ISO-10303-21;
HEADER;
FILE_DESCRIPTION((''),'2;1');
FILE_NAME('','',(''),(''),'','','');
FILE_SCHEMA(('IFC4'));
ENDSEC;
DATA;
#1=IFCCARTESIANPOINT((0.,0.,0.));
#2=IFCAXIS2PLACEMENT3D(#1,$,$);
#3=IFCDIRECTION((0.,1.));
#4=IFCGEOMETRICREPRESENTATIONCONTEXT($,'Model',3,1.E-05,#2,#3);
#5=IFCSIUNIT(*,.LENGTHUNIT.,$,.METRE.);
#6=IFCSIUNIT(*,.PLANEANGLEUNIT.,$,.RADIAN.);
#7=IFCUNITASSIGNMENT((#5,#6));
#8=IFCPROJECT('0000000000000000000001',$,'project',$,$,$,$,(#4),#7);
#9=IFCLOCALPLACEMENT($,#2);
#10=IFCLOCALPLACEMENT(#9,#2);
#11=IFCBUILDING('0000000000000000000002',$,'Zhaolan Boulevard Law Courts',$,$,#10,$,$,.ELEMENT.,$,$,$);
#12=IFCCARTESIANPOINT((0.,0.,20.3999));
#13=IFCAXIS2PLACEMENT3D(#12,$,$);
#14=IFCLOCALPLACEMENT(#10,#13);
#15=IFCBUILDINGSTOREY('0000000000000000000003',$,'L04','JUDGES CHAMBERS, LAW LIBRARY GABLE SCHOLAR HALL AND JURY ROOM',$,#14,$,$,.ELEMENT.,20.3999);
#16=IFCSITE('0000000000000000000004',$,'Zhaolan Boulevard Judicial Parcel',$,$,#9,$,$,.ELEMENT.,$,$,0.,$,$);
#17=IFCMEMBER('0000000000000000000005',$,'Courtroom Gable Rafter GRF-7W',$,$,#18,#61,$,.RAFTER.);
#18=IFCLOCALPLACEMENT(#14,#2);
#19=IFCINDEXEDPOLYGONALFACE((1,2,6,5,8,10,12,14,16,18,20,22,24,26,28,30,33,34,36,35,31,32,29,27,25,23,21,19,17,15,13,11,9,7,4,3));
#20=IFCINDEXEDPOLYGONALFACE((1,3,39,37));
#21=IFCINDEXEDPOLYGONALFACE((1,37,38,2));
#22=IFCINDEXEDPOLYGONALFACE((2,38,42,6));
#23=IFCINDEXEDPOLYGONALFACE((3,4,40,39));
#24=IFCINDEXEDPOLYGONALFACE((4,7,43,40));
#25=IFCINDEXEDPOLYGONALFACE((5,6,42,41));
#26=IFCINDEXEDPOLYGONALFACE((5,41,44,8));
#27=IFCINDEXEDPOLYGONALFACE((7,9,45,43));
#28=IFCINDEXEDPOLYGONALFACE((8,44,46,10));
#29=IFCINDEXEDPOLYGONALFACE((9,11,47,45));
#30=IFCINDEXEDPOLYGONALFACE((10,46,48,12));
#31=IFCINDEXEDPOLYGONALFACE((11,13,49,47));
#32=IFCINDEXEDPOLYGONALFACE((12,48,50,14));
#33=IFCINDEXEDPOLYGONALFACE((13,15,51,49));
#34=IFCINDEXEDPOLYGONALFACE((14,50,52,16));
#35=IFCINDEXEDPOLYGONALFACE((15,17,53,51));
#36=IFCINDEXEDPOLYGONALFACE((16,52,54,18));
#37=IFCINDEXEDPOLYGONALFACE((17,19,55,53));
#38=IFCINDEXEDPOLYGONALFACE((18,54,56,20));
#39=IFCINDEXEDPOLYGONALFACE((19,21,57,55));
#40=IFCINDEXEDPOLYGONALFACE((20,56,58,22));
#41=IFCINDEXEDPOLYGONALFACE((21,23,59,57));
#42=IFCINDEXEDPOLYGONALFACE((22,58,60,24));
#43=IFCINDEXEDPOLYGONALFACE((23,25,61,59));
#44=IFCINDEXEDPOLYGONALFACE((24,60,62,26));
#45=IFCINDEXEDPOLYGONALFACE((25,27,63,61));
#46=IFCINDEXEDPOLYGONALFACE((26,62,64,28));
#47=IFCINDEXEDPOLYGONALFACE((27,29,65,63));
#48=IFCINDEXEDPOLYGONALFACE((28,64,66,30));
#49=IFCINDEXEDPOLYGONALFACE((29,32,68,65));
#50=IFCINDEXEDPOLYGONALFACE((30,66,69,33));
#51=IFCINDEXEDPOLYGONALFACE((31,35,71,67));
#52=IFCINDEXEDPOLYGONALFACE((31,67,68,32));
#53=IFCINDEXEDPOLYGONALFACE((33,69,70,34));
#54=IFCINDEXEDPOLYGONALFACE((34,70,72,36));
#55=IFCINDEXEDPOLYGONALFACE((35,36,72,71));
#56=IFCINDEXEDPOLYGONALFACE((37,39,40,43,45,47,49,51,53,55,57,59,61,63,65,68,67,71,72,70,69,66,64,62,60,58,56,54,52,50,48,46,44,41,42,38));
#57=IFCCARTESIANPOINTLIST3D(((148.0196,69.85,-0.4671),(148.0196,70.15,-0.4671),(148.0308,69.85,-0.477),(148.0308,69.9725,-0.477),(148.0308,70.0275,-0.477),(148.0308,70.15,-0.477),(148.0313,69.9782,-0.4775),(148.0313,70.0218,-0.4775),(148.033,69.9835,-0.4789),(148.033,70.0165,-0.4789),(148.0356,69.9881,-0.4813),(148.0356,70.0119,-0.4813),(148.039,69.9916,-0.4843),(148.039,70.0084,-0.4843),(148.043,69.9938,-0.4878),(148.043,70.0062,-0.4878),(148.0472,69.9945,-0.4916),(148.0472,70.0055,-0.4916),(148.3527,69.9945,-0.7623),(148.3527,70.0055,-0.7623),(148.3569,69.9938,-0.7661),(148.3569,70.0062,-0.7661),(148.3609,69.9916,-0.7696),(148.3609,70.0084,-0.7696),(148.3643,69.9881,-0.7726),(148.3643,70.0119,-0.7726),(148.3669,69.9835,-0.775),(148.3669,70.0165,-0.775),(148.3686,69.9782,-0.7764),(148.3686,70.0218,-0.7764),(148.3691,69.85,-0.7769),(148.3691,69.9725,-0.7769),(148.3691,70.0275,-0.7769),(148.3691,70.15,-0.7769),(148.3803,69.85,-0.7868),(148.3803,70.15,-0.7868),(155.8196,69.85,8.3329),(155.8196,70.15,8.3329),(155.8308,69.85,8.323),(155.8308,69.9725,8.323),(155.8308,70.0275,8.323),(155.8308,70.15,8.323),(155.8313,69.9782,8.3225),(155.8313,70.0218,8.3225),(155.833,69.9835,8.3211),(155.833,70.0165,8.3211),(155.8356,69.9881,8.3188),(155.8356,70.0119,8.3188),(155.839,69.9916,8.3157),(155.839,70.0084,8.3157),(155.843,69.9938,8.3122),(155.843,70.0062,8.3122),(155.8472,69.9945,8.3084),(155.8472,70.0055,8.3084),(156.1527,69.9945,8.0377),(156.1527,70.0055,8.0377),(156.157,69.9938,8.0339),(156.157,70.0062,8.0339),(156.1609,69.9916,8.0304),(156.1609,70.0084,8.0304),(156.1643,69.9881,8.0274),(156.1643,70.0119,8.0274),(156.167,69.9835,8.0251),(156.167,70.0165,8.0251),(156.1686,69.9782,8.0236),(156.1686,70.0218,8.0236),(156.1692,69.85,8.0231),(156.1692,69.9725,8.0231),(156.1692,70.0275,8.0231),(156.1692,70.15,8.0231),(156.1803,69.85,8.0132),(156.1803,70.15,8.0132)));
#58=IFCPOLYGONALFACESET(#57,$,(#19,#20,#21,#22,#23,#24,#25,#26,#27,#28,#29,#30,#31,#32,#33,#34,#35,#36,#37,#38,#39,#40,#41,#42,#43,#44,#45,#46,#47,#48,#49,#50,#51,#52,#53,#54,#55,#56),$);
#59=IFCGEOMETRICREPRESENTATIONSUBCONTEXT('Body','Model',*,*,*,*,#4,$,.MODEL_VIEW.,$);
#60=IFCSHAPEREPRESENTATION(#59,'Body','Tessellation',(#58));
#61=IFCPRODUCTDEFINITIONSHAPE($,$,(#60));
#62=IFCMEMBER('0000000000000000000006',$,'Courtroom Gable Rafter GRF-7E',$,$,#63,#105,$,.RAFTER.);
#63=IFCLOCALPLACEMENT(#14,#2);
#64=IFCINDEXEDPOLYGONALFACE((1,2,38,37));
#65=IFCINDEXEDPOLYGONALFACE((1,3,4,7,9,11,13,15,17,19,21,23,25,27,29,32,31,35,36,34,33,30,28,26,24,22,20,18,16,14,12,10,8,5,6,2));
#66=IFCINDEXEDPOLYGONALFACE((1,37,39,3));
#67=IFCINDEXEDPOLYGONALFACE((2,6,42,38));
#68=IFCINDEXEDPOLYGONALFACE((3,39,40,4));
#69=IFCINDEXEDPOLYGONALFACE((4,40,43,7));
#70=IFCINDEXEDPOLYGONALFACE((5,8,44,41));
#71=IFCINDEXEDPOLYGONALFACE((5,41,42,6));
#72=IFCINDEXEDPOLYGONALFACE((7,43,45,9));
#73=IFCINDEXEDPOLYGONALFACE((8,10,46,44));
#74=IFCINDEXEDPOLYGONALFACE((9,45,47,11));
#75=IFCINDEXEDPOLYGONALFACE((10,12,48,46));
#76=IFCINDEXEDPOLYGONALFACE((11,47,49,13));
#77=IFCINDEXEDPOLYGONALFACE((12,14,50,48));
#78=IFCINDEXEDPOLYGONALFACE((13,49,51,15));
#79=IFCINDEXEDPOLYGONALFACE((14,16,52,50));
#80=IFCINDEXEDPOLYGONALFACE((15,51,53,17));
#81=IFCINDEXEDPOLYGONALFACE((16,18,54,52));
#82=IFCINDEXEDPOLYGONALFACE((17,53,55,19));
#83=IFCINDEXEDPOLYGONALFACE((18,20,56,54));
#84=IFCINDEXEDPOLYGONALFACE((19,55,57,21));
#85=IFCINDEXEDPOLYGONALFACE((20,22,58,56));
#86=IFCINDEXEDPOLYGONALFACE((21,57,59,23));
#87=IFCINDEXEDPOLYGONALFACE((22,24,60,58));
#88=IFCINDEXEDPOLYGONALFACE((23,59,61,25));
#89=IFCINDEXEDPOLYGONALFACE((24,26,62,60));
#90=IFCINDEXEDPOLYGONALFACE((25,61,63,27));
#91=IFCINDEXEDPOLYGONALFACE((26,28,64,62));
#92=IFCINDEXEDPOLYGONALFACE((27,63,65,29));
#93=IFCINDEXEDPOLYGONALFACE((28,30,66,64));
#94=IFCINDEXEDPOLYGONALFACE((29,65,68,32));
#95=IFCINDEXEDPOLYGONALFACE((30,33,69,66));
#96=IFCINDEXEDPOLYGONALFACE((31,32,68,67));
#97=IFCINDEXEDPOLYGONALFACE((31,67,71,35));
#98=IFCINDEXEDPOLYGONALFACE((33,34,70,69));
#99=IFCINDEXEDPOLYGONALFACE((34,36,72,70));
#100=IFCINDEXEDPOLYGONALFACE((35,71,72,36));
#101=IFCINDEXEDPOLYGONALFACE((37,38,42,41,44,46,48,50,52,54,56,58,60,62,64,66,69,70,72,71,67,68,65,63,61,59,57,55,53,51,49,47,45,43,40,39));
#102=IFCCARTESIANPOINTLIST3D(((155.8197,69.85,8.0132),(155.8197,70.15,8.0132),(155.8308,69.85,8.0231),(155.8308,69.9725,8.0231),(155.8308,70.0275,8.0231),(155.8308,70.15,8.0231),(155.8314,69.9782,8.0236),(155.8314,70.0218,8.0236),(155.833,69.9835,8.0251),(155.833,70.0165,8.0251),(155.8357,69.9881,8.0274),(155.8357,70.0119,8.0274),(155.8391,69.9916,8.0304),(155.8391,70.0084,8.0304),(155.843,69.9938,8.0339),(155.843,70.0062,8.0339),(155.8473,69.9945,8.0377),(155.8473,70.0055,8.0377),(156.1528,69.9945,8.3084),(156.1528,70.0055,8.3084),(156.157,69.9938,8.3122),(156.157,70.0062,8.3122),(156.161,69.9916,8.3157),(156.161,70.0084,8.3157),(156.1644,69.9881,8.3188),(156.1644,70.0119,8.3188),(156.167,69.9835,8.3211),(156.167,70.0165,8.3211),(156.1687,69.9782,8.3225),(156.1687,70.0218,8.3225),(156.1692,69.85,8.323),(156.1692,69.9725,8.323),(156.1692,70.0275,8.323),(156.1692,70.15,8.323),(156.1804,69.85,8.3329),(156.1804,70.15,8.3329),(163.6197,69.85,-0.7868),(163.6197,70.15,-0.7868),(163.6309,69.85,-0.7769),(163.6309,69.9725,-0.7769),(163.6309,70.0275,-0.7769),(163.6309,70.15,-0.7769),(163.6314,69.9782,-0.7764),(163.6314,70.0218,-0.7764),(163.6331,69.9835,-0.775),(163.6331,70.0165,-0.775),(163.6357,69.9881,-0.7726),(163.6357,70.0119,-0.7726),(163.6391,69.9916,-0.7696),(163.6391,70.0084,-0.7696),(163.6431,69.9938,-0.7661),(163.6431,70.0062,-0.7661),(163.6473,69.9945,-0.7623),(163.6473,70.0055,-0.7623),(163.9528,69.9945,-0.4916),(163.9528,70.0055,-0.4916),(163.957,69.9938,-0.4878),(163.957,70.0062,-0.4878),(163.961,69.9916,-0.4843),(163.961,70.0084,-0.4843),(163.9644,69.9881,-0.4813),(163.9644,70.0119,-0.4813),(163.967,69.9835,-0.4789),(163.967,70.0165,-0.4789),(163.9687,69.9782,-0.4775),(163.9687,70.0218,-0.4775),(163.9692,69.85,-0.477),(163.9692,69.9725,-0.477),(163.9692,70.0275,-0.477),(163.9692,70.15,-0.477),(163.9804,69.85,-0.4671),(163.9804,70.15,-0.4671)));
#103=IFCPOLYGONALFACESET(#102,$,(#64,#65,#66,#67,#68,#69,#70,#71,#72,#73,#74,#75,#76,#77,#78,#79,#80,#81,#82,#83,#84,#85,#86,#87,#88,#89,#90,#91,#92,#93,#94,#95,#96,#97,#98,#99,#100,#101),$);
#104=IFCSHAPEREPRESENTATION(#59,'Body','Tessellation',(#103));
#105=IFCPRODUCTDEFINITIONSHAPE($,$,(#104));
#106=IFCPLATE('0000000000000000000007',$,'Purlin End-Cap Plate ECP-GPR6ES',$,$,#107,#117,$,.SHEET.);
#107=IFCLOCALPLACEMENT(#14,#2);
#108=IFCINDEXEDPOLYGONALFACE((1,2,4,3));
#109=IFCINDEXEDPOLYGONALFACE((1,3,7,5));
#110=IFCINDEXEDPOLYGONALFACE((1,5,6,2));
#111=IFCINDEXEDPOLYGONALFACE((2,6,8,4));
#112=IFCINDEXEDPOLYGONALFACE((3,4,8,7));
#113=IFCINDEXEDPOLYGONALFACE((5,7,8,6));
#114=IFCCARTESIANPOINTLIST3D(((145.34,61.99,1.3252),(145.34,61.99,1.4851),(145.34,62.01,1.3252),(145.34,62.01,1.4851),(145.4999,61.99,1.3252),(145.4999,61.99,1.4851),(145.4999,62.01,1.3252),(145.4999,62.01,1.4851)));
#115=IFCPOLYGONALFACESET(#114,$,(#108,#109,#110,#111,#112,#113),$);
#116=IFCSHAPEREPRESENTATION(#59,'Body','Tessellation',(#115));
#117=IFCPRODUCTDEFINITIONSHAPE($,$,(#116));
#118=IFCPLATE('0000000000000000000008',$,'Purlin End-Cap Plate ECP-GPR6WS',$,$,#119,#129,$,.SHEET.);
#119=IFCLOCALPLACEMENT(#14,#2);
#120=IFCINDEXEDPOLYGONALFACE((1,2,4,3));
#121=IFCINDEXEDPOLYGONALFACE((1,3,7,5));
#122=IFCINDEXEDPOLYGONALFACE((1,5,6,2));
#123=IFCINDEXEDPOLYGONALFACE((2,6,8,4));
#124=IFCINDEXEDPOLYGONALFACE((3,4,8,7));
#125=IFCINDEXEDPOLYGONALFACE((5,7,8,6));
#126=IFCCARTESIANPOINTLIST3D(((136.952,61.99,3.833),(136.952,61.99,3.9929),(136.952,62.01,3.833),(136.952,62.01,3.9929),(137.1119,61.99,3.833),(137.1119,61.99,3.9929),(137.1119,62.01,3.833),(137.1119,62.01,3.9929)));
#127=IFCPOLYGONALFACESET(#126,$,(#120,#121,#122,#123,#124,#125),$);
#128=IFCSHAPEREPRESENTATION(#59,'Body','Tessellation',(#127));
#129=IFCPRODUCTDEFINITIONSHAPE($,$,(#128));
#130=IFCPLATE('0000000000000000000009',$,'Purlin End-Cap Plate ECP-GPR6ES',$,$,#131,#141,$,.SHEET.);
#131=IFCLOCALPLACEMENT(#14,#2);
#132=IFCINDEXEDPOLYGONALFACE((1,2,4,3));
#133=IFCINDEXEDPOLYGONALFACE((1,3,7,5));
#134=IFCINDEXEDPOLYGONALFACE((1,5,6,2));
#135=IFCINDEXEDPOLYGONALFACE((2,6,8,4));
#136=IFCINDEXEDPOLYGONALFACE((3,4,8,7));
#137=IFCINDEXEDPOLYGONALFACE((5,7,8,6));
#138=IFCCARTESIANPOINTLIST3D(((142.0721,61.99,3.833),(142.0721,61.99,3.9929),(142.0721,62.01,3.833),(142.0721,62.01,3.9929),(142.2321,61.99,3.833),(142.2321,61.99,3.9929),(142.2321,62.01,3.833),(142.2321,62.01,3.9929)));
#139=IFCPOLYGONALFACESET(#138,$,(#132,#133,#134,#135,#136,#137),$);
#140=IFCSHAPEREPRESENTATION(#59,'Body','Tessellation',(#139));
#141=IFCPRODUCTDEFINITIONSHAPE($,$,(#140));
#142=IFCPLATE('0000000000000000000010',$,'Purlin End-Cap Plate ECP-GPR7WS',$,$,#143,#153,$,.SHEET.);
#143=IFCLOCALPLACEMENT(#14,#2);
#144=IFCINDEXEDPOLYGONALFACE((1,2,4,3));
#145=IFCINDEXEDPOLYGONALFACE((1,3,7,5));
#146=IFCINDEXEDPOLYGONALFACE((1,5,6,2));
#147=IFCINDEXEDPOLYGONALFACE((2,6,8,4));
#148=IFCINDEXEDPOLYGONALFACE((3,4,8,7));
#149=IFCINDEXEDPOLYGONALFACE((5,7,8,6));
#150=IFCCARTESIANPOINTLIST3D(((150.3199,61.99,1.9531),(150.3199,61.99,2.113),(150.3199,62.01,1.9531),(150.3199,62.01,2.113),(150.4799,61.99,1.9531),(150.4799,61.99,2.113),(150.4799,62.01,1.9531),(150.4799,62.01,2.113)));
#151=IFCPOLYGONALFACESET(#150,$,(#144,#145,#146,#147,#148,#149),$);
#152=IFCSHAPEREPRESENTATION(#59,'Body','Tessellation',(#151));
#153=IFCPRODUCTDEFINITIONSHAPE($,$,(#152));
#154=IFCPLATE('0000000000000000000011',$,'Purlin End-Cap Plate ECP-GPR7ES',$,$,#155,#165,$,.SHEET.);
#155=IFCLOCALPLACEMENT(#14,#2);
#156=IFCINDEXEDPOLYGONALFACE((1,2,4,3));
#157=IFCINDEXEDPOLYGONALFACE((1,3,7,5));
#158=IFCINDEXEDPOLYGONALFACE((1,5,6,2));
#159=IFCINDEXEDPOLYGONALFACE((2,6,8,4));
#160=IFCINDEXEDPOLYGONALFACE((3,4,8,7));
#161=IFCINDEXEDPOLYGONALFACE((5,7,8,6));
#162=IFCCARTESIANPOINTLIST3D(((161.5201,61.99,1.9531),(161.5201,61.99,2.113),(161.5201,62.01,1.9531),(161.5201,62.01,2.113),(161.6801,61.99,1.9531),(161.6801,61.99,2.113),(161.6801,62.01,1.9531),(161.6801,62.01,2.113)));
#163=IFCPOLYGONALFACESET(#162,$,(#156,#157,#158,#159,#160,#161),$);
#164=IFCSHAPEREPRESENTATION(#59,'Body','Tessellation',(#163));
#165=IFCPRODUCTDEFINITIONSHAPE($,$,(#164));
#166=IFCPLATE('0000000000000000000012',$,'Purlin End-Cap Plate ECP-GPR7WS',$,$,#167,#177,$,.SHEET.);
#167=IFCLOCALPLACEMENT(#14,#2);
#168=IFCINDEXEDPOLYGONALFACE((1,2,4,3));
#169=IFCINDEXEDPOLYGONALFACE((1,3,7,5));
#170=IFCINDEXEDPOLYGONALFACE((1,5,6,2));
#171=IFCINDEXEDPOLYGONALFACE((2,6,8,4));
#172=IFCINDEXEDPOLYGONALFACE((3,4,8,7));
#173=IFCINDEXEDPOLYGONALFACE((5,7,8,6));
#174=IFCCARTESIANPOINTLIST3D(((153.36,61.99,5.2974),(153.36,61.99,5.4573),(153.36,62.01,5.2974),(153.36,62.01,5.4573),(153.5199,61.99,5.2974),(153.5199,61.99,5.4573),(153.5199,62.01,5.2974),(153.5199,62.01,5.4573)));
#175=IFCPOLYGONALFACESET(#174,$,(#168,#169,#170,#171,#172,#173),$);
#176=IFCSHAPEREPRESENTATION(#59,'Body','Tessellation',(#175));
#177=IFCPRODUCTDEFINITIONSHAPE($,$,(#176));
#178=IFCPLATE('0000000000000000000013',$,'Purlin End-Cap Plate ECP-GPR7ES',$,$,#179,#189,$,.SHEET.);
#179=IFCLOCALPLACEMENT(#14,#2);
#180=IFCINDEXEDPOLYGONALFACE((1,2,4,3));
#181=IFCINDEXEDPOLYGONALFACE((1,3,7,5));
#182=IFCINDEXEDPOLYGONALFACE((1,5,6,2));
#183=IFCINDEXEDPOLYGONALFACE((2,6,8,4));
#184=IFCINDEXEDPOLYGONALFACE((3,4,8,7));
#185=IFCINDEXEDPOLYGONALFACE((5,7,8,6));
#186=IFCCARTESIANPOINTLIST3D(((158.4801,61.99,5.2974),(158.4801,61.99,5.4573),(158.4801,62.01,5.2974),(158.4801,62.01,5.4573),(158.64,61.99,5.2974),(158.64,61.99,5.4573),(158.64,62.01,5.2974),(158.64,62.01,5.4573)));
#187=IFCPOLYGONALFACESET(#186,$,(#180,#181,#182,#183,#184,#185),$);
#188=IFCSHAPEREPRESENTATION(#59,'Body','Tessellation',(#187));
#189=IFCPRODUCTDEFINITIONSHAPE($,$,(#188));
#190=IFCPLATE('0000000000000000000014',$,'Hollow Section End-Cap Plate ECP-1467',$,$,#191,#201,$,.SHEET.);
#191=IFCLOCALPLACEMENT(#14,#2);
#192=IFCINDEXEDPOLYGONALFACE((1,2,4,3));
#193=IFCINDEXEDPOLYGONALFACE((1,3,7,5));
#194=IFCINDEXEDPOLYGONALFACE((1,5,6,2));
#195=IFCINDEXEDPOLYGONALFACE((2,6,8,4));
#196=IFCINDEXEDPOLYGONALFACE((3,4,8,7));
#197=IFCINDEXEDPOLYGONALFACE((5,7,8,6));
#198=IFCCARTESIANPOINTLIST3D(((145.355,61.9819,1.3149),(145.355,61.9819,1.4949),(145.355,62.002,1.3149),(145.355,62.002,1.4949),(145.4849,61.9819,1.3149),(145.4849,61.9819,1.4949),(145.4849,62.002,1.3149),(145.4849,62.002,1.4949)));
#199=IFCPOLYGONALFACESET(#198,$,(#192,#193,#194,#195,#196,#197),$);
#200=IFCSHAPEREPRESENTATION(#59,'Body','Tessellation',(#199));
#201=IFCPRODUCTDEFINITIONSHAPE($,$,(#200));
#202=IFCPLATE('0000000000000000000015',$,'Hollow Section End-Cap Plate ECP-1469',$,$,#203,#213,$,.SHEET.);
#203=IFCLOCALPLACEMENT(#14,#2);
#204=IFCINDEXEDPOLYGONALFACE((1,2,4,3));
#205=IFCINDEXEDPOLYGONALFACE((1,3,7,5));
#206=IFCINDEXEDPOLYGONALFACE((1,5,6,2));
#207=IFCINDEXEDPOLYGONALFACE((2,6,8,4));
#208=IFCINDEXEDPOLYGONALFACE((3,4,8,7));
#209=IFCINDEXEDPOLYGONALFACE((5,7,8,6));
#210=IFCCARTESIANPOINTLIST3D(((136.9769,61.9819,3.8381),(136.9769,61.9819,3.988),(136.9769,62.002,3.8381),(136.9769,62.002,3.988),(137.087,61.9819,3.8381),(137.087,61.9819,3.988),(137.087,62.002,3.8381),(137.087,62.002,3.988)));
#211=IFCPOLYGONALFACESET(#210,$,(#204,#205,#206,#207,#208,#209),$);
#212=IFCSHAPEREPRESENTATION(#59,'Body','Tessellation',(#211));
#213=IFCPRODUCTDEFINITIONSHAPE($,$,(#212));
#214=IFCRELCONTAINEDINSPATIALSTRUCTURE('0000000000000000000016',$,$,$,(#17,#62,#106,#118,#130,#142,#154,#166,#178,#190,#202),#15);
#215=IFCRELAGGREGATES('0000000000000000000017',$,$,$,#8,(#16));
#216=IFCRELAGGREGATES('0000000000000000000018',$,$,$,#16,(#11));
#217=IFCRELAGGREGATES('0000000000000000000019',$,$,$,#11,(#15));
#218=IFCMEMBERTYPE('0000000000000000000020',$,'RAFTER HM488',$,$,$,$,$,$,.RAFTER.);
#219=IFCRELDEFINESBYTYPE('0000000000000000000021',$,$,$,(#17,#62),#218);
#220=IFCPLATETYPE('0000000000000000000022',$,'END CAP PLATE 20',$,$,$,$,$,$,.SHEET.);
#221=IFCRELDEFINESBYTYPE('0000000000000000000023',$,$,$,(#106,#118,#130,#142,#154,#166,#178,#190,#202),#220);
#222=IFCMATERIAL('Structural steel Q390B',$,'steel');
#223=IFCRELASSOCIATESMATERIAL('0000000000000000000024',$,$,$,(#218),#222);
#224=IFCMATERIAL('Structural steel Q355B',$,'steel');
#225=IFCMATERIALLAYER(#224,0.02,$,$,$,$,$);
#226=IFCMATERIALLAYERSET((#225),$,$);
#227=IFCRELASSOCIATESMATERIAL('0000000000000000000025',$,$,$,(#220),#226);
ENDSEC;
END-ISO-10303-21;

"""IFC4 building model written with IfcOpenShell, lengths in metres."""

from ifc_helpers import new_model, si_unit, direction, frame, origin, origin_2d, place, context, subcontext, project, spatial, rectangle, i_section, extrude, material, layer, layer_set, material_profile, profile_set, type_object, element, save


model = new_model("IFC4")

# Units and contexts
model_context = context("Model", 3, precision=1e-05, world=origin(), true_north=direction((0.0, 1.0)))
body_context = subcontext(model_context, "Body", "Model", "MODEL_VIEW")
ifc_project = project(units=[si_unit("LENGTHUNIT", "METRE"), si_unit("PLANEANGLEUNIT", "RADIAN")], contexts=[model_context])

# Site, building, storey
site_placement = place(None, origin())
site = spatial("IfcSite", under=ifc_project, at=site_placement, Name="Zhaolan Boulevard Judicial Parcel", CompositionType="ELEMENT", RefElevation=0.0)
building_placement = place(site_placement, origin())
building = spatial("IfcBuilding", under=site, at=building_placement, Name="Zhaolan Boulevard Law Courts", CompositionType="ELEMENT")
storey_placement = place(building_placement, frame((0.0, 0.0, 20.3999)))
storey = spatial("IfcBuildingStorey", under=building, at=storey_placement, Name="L04", Description="JUDGES CHAMBERS, LAW LIBRARY GABLE SCHOLAR HALL AND JURY ROOM", CompositionType="ELEMENT", Elevation=20.3999)

# Members
ifc_material_1 = material(Name="Structural steel Q390B", Category="steel")
ifc_material_profile_1 = material_profile(ifc_material_1, i_section(OverallWidth=0.3, OverallDepth=0.4819, WebThickness=0.011, FlangeThickness=0.0149, FilletRadius=0.022, at=origin_2d()), Name="HM482x300")
ifc_profile_set_1 = profile_set([ifc_material_profile_1], Name="Structural steel Q390B")
member_type_1 = type_object("IfcMemberType", Name="RAFTER HM488", PredefinedType="RAFTER", material=ifc_profile_set_1)
for number, where, z_axis, x_axis, name in (
    (1, (148.2, 70.0, -0.627), (0.663308, 0.0, 0.748347), (0.0, 1.0, 0.0), "Courtroom Gable Rafter GRF-7W"),
    (2, (163.8, 70.0, -0.627), (-0.663308, 0.0, 0.748347), (0.0, -1.0, 0.0), "Courtroom Gable Rafter GRF-7E"),
):
    element("IfcMember", number, at=place(storey_placement, frame(where, z_axis=z_axis, x_axis=x_axis)), inside=storey, type_object=member_type_1, Name=name, PredefinedType="RAFTER", context=body_context, shape_type="SweptSolid", body=[
        extrude(i_section(OverallWidth=0.3, OverallDepth=0.4819, WebThickness=0.011, FlangeThickness=0.0149, FilletRadius=0.022, at=origin_2d()), origin(), (0.0, 0.0, 1.0), 11.7593),
    ])

# Plates
ifc_material_2 = material(Name="Structural steel Q355B", Category="steel")
ifc_layer_1 = layer(ifc_material_2, 0.02)
ifc_layer_set_1 = layer_set([ifc_layer_1])
plate_type = type_object("IfcPlateType", Name="END CAP PLATE 20", PredefinedType="SHEET", material=ifc_layer_set_1)
for number, where, z_axis, x_axis, name in (
    (3, (145.4199, 62.0, 1.3252), (0.0, 0.0, 1.0), (1.0, 0.0, 0.0), "Purlin End-Cap Plate ECP-GPR6ES"),
    (4, (137.032, 62.0, 3.833), (0.0, 0.0, 1.0), (1.0, 0.0, 0.0), "Purlin End-Cap Plate ECP-GPR6WS"),
    (5, (142.1521, 62.0, 3.833), (0.0, 0.0, 1.0), (1.0, 0.0, 0.0), "Purlin End-Cap Plate ECP-GPR6ES"),
    (6, (150.3999, 62.0, 1.9531), (0.0, 0.0, 1.0), (1.0, 0.0, 0.0), "Purlin End-Cap Plate ECP-GPR7WS"),
    (7, (161.6001, 62.0, 1.9531), (0.0, 0.0, 1.0), (1.0, 0.0, 0.0), "Purlin End-Cap Plate ECP-GPR7ES"),
    (8, (153.4399, 62.0, 5.2974), (0.0, 0.0, 1.0), (1.0, 0.0, 0.0), "Purlin End-Cap Plate ECP-GPR7WS"),
    (9, (158.5601, 62.0, 5.2974), (0.0, 0.0, 1.0), (1.0, 0.0, 0.0), "Purlin End-Cap Plate ECP-GPR7ES"),
):
    element("IfcPlate", number, at=place(storey_placement, frame(where, z_axis=z_axis, x_axis=x_axis)), inside=storey, type_object=plate_type, Name=name, PredefinedType="SHEET", context=body_context, shape_type="SweptSolid", body=[
        extrude(rectangle(XDim=0.1599, YDim=0.02, at=origin_2d()), origin(), (0.0, 0.0, 1.0), 0.1599),
    ])
plate_placement = place(storey_placement, frame((145.4199, 61.9919, 1.3149), z_axis=(0.0, 0.0, 1.0), x_axis=(0.0, 1.0, 0.0)))
element("IfcPlate", 10, at=plate_placement, inside=storey, type_object=plate_type, Name="Hollow Section End-Cap Plate ECP-1467", PredefinedType="SHEET", context=body_context, shape_type="SweptSolid", body=[
    extrude(rectangle(XDim=0.02, YDim=0.1299, at=origin_2d()), origin(), (0.0, 0.0, 1.0), 0.1799),
])
for number, where, z_axis, x_axis, name in (
    (11, (137.032, 61.9919, 3.8381), (0.0, 0.0, 1.0), (0.0, 1.0, 0.0), "Hollow Section End-Cap Plate ECP-1469"),
):
    element("IfcPlate", number, at=place(storey_placement, frame(where, z_axis=z_axis, x_axis=x_axis)), inside=storey, type_object=plate_type, Name=name, PredefinedType="SHEET", context=body_context, shape_type="SweptSolid", body=[
        extrude(rectangle(XDim=0.02, YDim=0.1101, at=origin_2d()), origin(), (0.0, 0.0, 1.0), 0.1499),
    ])

save(model, "model.ifc")
